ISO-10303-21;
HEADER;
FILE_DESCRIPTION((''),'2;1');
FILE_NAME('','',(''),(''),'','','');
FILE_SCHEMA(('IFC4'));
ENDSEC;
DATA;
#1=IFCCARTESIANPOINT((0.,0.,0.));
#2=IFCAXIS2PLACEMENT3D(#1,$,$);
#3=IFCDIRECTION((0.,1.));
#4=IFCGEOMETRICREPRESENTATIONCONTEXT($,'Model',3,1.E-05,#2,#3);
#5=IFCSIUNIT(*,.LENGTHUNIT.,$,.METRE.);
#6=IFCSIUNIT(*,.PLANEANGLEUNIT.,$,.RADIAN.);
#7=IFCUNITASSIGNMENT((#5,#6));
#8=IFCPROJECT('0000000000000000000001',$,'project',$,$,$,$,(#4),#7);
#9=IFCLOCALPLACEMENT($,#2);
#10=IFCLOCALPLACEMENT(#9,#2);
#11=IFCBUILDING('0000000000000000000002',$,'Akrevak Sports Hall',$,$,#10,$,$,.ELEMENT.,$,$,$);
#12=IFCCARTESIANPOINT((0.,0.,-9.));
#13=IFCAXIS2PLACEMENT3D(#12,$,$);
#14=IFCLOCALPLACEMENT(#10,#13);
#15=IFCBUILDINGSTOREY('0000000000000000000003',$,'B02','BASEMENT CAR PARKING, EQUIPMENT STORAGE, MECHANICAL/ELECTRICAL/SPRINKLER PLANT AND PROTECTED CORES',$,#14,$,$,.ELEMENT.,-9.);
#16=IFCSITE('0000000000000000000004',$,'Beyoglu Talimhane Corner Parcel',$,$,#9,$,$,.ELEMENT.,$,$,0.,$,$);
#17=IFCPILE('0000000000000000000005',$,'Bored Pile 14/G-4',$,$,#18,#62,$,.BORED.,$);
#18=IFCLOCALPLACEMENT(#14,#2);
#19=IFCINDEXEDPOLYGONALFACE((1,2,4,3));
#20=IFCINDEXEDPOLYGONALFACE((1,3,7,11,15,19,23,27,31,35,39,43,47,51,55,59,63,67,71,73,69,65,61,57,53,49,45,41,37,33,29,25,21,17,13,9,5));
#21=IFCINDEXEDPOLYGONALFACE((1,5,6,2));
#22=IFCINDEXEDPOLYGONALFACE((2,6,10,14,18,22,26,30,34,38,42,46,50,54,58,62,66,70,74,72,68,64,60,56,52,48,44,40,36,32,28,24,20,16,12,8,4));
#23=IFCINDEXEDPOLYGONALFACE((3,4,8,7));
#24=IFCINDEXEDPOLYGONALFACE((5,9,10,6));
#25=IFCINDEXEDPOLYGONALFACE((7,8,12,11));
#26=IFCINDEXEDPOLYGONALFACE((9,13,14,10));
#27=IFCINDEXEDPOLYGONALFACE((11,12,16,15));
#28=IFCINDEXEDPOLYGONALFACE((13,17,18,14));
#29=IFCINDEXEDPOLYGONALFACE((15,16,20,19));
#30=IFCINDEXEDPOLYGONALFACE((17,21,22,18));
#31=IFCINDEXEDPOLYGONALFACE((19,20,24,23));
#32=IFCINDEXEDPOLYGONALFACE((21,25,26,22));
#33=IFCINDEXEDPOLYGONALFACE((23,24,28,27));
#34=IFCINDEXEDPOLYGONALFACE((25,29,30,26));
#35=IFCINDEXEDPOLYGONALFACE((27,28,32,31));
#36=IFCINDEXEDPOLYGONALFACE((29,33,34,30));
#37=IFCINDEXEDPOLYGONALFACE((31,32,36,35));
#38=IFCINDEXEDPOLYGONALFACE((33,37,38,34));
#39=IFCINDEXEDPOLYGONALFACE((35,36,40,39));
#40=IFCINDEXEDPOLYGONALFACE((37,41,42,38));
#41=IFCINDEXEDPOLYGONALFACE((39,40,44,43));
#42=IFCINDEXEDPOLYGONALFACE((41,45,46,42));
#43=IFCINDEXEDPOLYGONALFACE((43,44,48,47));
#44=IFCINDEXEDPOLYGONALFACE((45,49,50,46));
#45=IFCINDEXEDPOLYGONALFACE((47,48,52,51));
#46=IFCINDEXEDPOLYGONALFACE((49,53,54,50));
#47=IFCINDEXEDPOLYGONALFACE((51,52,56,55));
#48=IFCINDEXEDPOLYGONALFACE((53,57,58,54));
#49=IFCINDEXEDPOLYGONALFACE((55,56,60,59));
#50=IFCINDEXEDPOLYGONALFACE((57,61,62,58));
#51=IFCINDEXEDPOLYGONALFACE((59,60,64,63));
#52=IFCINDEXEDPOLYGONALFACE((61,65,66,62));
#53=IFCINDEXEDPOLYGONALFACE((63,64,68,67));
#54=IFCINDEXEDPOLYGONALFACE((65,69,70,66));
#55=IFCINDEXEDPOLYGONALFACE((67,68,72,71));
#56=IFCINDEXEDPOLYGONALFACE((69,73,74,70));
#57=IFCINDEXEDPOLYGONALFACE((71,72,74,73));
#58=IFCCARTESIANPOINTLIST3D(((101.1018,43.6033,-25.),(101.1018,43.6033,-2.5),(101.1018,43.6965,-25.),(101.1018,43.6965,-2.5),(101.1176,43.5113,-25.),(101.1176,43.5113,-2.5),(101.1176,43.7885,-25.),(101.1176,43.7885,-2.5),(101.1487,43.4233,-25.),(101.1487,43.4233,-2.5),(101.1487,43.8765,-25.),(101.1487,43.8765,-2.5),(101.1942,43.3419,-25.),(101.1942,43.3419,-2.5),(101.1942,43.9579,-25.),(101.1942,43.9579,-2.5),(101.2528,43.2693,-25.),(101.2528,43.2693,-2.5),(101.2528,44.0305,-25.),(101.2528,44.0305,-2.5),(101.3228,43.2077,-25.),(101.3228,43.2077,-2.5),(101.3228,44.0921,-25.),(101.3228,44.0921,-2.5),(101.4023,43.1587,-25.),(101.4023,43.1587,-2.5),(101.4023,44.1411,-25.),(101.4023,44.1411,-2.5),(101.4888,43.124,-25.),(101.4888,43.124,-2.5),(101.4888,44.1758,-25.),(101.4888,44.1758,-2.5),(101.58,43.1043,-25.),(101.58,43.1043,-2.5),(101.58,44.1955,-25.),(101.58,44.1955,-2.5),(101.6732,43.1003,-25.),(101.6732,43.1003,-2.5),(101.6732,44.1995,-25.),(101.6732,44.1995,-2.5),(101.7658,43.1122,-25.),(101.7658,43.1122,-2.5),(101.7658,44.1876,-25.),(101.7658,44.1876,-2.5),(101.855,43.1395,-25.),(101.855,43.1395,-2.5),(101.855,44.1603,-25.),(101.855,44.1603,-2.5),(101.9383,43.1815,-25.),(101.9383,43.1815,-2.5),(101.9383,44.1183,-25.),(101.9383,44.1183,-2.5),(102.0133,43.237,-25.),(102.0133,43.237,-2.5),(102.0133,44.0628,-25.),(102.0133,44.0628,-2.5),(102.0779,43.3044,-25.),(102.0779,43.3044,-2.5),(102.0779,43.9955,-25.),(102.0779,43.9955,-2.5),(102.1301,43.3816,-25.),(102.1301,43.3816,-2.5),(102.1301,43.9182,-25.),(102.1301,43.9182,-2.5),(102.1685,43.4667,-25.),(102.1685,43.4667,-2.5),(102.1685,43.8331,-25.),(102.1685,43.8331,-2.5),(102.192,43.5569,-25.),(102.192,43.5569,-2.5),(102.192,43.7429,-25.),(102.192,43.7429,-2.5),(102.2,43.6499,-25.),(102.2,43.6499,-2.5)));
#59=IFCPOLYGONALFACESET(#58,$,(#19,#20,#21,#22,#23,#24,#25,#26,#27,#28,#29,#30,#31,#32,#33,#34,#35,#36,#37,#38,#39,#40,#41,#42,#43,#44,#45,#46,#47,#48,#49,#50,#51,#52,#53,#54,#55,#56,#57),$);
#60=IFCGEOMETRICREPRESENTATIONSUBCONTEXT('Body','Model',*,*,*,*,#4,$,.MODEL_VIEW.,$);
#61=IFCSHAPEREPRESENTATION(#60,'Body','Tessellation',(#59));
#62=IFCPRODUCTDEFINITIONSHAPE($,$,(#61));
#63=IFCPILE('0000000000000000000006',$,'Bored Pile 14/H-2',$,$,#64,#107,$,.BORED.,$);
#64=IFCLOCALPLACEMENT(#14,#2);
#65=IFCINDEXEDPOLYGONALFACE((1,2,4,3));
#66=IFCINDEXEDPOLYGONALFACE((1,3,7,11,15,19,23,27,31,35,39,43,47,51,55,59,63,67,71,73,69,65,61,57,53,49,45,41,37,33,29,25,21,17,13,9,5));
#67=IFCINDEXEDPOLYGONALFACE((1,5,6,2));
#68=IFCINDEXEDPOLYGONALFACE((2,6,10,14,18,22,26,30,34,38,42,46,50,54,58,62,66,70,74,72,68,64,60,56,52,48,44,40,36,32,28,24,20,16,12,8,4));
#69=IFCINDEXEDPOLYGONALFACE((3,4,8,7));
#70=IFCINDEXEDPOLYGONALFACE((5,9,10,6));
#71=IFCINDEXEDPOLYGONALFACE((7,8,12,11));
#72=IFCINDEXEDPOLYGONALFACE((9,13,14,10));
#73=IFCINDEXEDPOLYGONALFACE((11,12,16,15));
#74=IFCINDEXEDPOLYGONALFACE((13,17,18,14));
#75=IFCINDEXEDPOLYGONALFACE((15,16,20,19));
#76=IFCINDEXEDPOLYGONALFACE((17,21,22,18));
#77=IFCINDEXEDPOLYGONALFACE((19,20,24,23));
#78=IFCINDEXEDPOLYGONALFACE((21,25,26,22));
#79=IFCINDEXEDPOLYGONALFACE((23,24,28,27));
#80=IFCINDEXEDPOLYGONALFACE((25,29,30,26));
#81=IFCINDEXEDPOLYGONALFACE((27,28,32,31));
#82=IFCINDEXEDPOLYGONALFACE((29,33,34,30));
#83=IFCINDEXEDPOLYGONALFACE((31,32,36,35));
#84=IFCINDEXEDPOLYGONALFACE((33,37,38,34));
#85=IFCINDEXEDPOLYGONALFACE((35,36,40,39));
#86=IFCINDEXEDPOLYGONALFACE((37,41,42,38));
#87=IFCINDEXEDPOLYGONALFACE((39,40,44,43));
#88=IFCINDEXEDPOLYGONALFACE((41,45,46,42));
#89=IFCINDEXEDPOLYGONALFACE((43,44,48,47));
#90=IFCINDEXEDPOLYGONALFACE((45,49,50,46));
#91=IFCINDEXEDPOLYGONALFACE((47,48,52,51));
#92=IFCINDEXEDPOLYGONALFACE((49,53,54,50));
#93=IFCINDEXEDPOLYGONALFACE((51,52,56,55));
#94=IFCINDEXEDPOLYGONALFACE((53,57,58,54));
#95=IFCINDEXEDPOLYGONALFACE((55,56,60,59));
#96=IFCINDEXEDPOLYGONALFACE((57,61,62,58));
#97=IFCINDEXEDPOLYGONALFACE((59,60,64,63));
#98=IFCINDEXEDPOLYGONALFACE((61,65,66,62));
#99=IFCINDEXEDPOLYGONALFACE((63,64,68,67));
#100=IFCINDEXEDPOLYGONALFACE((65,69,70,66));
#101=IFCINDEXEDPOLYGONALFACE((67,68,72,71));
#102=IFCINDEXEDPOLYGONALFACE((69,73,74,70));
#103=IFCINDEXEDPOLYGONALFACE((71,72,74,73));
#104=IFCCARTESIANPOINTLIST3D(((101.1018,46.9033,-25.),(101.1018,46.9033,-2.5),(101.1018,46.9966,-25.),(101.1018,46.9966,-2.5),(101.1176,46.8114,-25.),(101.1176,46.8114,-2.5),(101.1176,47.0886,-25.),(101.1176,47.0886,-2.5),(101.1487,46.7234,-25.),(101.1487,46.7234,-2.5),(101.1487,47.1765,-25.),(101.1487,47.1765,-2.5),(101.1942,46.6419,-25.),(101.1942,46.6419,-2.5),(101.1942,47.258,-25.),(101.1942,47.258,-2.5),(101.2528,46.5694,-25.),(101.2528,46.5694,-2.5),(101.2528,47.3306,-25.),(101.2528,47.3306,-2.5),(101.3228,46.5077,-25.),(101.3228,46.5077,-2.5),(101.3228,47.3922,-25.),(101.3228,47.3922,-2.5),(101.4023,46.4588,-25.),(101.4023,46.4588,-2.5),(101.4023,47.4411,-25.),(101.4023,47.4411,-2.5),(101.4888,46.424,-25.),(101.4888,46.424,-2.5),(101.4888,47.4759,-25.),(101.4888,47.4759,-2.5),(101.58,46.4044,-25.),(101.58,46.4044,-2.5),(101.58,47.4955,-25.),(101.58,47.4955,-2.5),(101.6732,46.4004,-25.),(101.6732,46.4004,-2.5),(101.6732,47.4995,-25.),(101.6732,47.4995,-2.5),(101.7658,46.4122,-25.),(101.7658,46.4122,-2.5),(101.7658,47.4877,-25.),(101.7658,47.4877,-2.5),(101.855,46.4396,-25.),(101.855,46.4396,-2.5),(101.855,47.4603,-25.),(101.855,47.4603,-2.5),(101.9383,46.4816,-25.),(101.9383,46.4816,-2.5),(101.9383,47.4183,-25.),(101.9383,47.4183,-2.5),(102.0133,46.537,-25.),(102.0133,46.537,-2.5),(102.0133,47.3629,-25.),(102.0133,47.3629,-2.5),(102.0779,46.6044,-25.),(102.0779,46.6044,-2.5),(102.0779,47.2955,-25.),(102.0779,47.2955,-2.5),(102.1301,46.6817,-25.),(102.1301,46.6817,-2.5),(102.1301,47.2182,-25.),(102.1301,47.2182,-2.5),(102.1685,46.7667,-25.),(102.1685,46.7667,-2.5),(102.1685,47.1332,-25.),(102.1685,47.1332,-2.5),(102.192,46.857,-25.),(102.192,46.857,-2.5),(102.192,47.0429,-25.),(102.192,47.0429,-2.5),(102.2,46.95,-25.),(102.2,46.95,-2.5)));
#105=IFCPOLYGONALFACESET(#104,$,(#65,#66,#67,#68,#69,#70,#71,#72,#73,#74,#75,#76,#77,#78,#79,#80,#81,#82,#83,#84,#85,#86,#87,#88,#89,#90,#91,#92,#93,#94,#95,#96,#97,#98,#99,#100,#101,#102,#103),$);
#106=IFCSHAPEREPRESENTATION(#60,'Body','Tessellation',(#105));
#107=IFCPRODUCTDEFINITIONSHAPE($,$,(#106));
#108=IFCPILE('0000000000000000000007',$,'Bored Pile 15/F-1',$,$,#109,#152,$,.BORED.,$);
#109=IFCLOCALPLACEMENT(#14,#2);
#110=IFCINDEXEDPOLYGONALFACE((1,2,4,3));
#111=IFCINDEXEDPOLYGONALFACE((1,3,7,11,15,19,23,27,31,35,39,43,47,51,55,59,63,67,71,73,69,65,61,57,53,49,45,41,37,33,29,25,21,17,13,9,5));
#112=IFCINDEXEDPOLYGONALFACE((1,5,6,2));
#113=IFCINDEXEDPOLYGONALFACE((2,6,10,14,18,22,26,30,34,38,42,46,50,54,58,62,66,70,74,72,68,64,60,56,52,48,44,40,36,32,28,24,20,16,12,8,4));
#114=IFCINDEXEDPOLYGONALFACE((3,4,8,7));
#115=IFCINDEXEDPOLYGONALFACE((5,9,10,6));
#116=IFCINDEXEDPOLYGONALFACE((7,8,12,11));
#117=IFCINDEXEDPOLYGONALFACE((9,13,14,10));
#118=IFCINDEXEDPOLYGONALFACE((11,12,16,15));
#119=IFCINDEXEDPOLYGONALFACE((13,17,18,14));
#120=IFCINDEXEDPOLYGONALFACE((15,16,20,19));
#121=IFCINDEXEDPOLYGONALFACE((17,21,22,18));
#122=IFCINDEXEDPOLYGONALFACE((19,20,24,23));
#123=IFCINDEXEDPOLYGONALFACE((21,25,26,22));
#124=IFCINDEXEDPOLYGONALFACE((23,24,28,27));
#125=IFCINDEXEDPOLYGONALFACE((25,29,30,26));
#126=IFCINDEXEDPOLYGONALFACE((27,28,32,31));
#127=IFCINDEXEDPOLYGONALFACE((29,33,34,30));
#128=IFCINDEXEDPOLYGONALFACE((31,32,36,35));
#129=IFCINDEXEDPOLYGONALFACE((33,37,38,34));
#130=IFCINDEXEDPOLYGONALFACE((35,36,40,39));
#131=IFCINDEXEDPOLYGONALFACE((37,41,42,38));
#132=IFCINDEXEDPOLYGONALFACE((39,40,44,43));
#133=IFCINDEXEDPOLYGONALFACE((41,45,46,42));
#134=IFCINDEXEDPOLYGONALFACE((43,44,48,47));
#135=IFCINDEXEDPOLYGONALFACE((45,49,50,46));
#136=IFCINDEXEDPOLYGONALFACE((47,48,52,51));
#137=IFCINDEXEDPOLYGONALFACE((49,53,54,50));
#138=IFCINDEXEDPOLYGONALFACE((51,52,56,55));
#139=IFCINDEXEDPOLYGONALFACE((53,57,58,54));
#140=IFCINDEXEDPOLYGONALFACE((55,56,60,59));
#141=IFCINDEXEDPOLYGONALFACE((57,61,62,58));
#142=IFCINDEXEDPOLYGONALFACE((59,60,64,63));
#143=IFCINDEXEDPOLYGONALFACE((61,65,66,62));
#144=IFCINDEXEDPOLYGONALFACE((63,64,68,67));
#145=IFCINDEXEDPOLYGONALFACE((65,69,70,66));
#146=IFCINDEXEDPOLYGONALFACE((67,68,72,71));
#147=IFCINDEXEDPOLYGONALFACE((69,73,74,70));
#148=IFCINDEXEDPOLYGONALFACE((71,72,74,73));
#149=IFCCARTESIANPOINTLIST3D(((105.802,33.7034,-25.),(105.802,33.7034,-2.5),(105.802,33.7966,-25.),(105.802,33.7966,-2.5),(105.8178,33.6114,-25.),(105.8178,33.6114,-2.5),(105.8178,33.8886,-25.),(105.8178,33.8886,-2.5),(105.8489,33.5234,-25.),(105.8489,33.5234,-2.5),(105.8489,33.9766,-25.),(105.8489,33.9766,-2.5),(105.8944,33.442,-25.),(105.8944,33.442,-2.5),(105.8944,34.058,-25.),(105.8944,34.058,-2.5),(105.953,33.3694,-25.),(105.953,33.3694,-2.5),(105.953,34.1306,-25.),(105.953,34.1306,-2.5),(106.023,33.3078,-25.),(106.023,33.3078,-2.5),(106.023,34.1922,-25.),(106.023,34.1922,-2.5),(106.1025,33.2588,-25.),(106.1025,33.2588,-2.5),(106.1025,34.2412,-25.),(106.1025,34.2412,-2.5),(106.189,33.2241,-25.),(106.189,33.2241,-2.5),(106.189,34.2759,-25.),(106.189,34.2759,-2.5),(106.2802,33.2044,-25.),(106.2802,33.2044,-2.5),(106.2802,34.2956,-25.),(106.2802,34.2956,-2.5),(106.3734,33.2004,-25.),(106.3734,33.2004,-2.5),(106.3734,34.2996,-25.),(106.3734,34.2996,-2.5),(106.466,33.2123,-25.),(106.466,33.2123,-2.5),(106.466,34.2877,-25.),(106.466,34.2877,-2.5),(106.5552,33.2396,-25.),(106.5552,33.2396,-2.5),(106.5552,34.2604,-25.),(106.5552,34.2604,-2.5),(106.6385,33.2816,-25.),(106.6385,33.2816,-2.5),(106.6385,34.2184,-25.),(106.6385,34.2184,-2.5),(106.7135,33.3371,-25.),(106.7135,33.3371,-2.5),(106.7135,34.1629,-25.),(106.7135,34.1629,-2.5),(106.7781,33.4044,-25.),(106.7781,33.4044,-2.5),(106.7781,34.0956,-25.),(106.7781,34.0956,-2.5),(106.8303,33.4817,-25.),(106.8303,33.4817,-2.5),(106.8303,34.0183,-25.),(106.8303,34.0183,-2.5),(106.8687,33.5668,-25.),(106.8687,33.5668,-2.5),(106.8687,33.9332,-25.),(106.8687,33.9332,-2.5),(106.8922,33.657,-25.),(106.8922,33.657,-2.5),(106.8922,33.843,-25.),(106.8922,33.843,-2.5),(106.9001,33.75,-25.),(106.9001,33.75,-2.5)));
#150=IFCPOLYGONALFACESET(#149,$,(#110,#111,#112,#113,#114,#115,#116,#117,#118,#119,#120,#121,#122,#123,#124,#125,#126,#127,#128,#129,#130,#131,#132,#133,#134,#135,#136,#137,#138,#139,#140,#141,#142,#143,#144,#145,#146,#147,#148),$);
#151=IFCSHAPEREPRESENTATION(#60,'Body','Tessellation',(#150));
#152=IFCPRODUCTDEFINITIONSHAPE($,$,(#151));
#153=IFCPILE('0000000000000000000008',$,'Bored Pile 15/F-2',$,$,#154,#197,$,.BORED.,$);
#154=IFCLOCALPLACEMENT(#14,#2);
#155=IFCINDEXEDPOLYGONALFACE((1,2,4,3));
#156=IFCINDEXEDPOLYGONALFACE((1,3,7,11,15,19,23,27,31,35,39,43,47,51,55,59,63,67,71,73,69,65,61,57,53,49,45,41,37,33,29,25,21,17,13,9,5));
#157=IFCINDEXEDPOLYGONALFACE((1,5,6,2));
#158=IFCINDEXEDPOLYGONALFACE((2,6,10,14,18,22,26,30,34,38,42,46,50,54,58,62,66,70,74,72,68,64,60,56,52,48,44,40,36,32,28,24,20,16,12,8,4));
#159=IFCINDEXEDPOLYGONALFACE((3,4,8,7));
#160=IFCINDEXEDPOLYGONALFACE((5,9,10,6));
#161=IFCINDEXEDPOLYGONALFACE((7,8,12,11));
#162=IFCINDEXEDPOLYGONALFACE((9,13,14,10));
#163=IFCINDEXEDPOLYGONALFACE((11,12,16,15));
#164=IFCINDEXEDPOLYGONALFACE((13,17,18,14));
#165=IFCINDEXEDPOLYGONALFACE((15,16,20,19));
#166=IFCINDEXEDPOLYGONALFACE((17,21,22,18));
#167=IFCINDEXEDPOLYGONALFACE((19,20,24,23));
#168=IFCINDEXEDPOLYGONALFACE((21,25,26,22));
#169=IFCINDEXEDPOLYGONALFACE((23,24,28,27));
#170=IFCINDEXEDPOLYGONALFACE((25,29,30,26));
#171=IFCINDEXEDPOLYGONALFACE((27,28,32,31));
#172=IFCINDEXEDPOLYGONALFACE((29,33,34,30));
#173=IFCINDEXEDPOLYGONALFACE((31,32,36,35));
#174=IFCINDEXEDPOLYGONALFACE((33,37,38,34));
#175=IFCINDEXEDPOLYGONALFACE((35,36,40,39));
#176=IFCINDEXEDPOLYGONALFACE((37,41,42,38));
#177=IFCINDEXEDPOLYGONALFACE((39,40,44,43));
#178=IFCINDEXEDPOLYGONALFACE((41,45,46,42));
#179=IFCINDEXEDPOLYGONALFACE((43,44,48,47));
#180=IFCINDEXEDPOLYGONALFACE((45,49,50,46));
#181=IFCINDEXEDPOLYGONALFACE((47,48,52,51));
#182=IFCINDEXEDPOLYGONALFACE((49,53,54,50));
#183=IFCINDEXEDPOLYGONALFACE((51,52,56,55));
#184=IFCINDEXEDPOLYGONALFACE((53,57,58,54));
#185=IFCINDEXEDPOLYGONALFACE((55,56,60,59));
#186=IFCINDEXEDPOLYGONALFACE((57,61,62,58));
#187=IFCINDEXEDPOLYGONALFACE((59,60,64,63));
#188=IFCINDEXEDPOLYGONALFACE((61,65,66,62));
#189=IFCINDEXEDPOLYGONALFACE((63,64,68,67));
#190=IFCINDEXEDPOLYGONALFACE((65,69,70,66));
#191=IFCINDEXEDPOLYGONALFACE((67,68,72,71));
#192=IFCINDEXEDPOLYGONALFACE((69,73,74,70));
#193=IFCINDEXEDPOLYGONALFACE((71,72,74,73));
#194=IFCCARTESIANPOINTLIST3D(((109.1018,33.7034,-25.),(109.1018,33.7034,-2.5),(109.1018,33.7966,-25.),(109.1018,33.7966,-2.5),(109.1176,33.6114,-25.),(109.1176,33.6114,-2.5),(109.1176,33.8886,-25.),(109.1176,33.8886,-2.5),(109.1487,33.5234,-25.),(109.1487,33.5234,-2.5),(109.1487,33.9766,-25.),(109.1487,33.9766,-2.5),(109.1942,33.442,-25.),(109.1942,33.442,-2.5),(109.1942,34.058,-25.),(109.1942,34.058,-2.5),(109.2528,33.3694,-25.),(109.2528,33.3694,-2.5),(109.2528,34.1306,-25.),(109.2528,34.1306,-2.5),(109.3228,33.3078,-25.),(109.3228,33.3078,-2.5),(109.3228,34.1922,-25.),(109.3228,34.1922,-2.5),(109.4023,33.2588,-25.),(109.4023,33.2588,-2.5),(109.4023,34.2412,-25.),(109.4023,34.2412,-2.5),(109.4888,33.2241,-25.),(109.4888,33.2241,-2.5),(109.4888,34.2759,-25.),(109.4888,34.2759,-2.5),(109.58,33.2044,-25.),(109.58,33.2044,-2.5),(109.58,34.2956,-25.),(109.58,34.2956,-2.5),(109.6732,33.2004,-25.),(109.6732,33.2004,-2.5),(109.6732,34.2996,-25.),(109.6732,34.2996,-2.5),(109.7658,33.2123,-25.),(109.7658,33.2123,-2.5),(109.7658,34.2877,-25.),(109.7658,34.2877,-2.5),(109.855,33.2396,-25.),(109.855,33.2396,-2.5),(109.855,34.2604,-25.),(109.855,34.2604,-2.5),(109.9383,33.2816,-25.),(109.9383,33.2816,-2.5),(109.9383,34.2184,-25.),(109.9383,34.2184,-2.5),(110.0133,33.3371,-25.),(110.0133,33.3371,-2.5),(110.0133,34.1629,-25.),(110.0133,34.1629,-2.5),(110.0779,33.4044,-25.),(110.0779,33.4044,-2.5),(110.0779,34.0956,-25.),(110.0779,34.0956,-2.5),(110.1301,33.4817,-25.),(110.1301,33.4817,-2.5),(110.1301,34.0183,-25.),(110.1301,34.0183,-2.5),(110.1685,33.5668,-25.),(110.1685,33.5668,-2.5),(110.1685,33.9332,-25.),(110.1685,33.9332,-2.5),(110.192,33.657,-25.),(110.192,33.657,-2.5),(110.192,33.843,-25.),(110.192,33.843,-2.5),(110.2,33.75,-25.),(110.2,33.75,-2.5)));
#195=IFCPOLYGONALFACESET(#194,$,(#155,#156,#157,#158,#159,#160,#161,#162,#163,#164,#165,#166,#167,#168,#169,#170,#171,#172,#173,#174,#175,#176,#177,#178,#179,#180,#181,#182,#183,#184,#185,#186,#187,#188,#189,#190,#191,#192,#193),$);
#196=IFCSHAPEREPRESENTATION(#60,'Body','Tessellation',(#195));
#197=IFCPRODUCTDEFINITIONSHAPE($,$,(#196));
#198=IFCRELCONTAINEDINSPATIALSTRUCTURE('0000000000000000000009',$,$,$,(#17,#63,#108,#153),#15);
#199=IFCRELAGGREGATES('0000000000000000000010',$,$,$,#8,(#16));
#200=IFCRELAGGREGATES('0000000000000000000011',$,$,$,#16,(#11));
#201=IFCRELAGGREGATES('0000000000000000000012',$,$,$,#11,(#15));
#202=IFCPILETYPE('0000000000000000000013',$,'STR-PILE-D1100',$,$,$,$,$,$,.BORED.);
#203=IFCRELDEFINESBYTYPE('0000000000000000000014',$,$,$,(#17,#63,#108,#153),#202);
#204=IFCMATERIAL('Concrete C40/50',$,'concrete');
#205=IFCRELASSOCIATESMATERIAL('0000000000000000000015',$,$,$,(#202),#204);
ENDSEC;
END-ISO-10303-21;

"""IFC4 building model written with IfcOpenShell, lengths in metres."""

from ifc_helpers import new_model, si_unit, direction, frame, origin, origin_2d, place, context, subcontext, project, spatial, circle, extrude, material, material_profile, profile_set, type_object, element, save


model = new_model("IFC4")

# Units and contexts
model_context = context("Model", 3, precision=1e-05, world=origin(), true_north=direction((0.0, 1.0)))
body_context = subcontext(model_context, "Body", "Model", "MODEL_VIEW")
ifc_project = project(units=[si_unit("LENGTHUNIT", "METRE"), si_unit("PLANEANGLEUNIT", "RADIAN")], contexts=[model_context])

# Site, building, storey
site_placement = place(None, origin())
site = spatial("IfcSite", under=ifc_project, at=site_placement, Name="Beyoglu Talimhane Corner Parcel", CompositionType="ELEMENT", RefElevation=0.0)
building_placement = place(site_placement, origin())
building = spatial("IfcBuilding", under=site, at=building_placement, Name="Akrevak Sports Hall", CompositionType="ELEMENT")
storey_placement = place(building_placement, frame((0.0, 0.0, -9.0)))
storey = spatial("IfcBuildingStorey", under=building, at=storey_placement, Name="B02", Description="BASEMENT CAR PARKING, EQUIPMENT STORAGE, MECHANICAL/ELECTRICAL/SPRINKLER PLANT AND PROTECTED CORES", CompositionType="ELEMENT", Elevation=-9.0)

# Shared definitions
ifc_material_1 = material(Name="Concrete C40/50", Category="concrete")

# Piles
ifc_material_profile_1 = material_profile(ifc_material_1, circle(Radius=0.55, at=origin_2d()), Name="BORED PILE D1100", Category="concrete")
ifc_profile_set_1 = profile_set([ifc_material_profile_1], Name="Concrete C40/50")
pile_type = type_object("IfcPileType", Name="STR-PILE-D1100", PredefinedType="BORED", material=ifc_profile_set_1)
for number, where, z_axis, x_axis, name in (
    (1, (101.6499, 43.6499, -2.5), (0.0, 0.0, -1.0), (1.0, 0.0, 0.0), "Bored Pile 14/G-4"),
    (2, (101.6499, 46.95, -2.5), (0.0, 0.0, -1.0), (1.0, 0.0, 0.0), "Bored Pile 14/H-2"),
    (3, (106.3501, 33.75, -2.5), (0.0, 0.0, -1.0), (1.0, 0.0, 0.0), "Bored Pile 15/F-1"),
    (4, (109.6499, 33.75, -2.5), (0.0, 0.0, -1.0), (1.0, 0.0, 0.0), "Bored Pile 15/F-2"),
):
    element("IfcPile", number, at=place(storey_placement, frame(where, z_axis=z_axis, x_axis=x_axis)), inside=storey, type_object=pile_type, Name=name, PredefinedType="BORED", context=body_context, shape_type="SweptSolid", body=[
        extrude(circle(Radius=0.55, at=origin_2d()), origin(), (0.0, 0.0, 1.0), 22.5),
    ])

save(model, "model.ifc")
